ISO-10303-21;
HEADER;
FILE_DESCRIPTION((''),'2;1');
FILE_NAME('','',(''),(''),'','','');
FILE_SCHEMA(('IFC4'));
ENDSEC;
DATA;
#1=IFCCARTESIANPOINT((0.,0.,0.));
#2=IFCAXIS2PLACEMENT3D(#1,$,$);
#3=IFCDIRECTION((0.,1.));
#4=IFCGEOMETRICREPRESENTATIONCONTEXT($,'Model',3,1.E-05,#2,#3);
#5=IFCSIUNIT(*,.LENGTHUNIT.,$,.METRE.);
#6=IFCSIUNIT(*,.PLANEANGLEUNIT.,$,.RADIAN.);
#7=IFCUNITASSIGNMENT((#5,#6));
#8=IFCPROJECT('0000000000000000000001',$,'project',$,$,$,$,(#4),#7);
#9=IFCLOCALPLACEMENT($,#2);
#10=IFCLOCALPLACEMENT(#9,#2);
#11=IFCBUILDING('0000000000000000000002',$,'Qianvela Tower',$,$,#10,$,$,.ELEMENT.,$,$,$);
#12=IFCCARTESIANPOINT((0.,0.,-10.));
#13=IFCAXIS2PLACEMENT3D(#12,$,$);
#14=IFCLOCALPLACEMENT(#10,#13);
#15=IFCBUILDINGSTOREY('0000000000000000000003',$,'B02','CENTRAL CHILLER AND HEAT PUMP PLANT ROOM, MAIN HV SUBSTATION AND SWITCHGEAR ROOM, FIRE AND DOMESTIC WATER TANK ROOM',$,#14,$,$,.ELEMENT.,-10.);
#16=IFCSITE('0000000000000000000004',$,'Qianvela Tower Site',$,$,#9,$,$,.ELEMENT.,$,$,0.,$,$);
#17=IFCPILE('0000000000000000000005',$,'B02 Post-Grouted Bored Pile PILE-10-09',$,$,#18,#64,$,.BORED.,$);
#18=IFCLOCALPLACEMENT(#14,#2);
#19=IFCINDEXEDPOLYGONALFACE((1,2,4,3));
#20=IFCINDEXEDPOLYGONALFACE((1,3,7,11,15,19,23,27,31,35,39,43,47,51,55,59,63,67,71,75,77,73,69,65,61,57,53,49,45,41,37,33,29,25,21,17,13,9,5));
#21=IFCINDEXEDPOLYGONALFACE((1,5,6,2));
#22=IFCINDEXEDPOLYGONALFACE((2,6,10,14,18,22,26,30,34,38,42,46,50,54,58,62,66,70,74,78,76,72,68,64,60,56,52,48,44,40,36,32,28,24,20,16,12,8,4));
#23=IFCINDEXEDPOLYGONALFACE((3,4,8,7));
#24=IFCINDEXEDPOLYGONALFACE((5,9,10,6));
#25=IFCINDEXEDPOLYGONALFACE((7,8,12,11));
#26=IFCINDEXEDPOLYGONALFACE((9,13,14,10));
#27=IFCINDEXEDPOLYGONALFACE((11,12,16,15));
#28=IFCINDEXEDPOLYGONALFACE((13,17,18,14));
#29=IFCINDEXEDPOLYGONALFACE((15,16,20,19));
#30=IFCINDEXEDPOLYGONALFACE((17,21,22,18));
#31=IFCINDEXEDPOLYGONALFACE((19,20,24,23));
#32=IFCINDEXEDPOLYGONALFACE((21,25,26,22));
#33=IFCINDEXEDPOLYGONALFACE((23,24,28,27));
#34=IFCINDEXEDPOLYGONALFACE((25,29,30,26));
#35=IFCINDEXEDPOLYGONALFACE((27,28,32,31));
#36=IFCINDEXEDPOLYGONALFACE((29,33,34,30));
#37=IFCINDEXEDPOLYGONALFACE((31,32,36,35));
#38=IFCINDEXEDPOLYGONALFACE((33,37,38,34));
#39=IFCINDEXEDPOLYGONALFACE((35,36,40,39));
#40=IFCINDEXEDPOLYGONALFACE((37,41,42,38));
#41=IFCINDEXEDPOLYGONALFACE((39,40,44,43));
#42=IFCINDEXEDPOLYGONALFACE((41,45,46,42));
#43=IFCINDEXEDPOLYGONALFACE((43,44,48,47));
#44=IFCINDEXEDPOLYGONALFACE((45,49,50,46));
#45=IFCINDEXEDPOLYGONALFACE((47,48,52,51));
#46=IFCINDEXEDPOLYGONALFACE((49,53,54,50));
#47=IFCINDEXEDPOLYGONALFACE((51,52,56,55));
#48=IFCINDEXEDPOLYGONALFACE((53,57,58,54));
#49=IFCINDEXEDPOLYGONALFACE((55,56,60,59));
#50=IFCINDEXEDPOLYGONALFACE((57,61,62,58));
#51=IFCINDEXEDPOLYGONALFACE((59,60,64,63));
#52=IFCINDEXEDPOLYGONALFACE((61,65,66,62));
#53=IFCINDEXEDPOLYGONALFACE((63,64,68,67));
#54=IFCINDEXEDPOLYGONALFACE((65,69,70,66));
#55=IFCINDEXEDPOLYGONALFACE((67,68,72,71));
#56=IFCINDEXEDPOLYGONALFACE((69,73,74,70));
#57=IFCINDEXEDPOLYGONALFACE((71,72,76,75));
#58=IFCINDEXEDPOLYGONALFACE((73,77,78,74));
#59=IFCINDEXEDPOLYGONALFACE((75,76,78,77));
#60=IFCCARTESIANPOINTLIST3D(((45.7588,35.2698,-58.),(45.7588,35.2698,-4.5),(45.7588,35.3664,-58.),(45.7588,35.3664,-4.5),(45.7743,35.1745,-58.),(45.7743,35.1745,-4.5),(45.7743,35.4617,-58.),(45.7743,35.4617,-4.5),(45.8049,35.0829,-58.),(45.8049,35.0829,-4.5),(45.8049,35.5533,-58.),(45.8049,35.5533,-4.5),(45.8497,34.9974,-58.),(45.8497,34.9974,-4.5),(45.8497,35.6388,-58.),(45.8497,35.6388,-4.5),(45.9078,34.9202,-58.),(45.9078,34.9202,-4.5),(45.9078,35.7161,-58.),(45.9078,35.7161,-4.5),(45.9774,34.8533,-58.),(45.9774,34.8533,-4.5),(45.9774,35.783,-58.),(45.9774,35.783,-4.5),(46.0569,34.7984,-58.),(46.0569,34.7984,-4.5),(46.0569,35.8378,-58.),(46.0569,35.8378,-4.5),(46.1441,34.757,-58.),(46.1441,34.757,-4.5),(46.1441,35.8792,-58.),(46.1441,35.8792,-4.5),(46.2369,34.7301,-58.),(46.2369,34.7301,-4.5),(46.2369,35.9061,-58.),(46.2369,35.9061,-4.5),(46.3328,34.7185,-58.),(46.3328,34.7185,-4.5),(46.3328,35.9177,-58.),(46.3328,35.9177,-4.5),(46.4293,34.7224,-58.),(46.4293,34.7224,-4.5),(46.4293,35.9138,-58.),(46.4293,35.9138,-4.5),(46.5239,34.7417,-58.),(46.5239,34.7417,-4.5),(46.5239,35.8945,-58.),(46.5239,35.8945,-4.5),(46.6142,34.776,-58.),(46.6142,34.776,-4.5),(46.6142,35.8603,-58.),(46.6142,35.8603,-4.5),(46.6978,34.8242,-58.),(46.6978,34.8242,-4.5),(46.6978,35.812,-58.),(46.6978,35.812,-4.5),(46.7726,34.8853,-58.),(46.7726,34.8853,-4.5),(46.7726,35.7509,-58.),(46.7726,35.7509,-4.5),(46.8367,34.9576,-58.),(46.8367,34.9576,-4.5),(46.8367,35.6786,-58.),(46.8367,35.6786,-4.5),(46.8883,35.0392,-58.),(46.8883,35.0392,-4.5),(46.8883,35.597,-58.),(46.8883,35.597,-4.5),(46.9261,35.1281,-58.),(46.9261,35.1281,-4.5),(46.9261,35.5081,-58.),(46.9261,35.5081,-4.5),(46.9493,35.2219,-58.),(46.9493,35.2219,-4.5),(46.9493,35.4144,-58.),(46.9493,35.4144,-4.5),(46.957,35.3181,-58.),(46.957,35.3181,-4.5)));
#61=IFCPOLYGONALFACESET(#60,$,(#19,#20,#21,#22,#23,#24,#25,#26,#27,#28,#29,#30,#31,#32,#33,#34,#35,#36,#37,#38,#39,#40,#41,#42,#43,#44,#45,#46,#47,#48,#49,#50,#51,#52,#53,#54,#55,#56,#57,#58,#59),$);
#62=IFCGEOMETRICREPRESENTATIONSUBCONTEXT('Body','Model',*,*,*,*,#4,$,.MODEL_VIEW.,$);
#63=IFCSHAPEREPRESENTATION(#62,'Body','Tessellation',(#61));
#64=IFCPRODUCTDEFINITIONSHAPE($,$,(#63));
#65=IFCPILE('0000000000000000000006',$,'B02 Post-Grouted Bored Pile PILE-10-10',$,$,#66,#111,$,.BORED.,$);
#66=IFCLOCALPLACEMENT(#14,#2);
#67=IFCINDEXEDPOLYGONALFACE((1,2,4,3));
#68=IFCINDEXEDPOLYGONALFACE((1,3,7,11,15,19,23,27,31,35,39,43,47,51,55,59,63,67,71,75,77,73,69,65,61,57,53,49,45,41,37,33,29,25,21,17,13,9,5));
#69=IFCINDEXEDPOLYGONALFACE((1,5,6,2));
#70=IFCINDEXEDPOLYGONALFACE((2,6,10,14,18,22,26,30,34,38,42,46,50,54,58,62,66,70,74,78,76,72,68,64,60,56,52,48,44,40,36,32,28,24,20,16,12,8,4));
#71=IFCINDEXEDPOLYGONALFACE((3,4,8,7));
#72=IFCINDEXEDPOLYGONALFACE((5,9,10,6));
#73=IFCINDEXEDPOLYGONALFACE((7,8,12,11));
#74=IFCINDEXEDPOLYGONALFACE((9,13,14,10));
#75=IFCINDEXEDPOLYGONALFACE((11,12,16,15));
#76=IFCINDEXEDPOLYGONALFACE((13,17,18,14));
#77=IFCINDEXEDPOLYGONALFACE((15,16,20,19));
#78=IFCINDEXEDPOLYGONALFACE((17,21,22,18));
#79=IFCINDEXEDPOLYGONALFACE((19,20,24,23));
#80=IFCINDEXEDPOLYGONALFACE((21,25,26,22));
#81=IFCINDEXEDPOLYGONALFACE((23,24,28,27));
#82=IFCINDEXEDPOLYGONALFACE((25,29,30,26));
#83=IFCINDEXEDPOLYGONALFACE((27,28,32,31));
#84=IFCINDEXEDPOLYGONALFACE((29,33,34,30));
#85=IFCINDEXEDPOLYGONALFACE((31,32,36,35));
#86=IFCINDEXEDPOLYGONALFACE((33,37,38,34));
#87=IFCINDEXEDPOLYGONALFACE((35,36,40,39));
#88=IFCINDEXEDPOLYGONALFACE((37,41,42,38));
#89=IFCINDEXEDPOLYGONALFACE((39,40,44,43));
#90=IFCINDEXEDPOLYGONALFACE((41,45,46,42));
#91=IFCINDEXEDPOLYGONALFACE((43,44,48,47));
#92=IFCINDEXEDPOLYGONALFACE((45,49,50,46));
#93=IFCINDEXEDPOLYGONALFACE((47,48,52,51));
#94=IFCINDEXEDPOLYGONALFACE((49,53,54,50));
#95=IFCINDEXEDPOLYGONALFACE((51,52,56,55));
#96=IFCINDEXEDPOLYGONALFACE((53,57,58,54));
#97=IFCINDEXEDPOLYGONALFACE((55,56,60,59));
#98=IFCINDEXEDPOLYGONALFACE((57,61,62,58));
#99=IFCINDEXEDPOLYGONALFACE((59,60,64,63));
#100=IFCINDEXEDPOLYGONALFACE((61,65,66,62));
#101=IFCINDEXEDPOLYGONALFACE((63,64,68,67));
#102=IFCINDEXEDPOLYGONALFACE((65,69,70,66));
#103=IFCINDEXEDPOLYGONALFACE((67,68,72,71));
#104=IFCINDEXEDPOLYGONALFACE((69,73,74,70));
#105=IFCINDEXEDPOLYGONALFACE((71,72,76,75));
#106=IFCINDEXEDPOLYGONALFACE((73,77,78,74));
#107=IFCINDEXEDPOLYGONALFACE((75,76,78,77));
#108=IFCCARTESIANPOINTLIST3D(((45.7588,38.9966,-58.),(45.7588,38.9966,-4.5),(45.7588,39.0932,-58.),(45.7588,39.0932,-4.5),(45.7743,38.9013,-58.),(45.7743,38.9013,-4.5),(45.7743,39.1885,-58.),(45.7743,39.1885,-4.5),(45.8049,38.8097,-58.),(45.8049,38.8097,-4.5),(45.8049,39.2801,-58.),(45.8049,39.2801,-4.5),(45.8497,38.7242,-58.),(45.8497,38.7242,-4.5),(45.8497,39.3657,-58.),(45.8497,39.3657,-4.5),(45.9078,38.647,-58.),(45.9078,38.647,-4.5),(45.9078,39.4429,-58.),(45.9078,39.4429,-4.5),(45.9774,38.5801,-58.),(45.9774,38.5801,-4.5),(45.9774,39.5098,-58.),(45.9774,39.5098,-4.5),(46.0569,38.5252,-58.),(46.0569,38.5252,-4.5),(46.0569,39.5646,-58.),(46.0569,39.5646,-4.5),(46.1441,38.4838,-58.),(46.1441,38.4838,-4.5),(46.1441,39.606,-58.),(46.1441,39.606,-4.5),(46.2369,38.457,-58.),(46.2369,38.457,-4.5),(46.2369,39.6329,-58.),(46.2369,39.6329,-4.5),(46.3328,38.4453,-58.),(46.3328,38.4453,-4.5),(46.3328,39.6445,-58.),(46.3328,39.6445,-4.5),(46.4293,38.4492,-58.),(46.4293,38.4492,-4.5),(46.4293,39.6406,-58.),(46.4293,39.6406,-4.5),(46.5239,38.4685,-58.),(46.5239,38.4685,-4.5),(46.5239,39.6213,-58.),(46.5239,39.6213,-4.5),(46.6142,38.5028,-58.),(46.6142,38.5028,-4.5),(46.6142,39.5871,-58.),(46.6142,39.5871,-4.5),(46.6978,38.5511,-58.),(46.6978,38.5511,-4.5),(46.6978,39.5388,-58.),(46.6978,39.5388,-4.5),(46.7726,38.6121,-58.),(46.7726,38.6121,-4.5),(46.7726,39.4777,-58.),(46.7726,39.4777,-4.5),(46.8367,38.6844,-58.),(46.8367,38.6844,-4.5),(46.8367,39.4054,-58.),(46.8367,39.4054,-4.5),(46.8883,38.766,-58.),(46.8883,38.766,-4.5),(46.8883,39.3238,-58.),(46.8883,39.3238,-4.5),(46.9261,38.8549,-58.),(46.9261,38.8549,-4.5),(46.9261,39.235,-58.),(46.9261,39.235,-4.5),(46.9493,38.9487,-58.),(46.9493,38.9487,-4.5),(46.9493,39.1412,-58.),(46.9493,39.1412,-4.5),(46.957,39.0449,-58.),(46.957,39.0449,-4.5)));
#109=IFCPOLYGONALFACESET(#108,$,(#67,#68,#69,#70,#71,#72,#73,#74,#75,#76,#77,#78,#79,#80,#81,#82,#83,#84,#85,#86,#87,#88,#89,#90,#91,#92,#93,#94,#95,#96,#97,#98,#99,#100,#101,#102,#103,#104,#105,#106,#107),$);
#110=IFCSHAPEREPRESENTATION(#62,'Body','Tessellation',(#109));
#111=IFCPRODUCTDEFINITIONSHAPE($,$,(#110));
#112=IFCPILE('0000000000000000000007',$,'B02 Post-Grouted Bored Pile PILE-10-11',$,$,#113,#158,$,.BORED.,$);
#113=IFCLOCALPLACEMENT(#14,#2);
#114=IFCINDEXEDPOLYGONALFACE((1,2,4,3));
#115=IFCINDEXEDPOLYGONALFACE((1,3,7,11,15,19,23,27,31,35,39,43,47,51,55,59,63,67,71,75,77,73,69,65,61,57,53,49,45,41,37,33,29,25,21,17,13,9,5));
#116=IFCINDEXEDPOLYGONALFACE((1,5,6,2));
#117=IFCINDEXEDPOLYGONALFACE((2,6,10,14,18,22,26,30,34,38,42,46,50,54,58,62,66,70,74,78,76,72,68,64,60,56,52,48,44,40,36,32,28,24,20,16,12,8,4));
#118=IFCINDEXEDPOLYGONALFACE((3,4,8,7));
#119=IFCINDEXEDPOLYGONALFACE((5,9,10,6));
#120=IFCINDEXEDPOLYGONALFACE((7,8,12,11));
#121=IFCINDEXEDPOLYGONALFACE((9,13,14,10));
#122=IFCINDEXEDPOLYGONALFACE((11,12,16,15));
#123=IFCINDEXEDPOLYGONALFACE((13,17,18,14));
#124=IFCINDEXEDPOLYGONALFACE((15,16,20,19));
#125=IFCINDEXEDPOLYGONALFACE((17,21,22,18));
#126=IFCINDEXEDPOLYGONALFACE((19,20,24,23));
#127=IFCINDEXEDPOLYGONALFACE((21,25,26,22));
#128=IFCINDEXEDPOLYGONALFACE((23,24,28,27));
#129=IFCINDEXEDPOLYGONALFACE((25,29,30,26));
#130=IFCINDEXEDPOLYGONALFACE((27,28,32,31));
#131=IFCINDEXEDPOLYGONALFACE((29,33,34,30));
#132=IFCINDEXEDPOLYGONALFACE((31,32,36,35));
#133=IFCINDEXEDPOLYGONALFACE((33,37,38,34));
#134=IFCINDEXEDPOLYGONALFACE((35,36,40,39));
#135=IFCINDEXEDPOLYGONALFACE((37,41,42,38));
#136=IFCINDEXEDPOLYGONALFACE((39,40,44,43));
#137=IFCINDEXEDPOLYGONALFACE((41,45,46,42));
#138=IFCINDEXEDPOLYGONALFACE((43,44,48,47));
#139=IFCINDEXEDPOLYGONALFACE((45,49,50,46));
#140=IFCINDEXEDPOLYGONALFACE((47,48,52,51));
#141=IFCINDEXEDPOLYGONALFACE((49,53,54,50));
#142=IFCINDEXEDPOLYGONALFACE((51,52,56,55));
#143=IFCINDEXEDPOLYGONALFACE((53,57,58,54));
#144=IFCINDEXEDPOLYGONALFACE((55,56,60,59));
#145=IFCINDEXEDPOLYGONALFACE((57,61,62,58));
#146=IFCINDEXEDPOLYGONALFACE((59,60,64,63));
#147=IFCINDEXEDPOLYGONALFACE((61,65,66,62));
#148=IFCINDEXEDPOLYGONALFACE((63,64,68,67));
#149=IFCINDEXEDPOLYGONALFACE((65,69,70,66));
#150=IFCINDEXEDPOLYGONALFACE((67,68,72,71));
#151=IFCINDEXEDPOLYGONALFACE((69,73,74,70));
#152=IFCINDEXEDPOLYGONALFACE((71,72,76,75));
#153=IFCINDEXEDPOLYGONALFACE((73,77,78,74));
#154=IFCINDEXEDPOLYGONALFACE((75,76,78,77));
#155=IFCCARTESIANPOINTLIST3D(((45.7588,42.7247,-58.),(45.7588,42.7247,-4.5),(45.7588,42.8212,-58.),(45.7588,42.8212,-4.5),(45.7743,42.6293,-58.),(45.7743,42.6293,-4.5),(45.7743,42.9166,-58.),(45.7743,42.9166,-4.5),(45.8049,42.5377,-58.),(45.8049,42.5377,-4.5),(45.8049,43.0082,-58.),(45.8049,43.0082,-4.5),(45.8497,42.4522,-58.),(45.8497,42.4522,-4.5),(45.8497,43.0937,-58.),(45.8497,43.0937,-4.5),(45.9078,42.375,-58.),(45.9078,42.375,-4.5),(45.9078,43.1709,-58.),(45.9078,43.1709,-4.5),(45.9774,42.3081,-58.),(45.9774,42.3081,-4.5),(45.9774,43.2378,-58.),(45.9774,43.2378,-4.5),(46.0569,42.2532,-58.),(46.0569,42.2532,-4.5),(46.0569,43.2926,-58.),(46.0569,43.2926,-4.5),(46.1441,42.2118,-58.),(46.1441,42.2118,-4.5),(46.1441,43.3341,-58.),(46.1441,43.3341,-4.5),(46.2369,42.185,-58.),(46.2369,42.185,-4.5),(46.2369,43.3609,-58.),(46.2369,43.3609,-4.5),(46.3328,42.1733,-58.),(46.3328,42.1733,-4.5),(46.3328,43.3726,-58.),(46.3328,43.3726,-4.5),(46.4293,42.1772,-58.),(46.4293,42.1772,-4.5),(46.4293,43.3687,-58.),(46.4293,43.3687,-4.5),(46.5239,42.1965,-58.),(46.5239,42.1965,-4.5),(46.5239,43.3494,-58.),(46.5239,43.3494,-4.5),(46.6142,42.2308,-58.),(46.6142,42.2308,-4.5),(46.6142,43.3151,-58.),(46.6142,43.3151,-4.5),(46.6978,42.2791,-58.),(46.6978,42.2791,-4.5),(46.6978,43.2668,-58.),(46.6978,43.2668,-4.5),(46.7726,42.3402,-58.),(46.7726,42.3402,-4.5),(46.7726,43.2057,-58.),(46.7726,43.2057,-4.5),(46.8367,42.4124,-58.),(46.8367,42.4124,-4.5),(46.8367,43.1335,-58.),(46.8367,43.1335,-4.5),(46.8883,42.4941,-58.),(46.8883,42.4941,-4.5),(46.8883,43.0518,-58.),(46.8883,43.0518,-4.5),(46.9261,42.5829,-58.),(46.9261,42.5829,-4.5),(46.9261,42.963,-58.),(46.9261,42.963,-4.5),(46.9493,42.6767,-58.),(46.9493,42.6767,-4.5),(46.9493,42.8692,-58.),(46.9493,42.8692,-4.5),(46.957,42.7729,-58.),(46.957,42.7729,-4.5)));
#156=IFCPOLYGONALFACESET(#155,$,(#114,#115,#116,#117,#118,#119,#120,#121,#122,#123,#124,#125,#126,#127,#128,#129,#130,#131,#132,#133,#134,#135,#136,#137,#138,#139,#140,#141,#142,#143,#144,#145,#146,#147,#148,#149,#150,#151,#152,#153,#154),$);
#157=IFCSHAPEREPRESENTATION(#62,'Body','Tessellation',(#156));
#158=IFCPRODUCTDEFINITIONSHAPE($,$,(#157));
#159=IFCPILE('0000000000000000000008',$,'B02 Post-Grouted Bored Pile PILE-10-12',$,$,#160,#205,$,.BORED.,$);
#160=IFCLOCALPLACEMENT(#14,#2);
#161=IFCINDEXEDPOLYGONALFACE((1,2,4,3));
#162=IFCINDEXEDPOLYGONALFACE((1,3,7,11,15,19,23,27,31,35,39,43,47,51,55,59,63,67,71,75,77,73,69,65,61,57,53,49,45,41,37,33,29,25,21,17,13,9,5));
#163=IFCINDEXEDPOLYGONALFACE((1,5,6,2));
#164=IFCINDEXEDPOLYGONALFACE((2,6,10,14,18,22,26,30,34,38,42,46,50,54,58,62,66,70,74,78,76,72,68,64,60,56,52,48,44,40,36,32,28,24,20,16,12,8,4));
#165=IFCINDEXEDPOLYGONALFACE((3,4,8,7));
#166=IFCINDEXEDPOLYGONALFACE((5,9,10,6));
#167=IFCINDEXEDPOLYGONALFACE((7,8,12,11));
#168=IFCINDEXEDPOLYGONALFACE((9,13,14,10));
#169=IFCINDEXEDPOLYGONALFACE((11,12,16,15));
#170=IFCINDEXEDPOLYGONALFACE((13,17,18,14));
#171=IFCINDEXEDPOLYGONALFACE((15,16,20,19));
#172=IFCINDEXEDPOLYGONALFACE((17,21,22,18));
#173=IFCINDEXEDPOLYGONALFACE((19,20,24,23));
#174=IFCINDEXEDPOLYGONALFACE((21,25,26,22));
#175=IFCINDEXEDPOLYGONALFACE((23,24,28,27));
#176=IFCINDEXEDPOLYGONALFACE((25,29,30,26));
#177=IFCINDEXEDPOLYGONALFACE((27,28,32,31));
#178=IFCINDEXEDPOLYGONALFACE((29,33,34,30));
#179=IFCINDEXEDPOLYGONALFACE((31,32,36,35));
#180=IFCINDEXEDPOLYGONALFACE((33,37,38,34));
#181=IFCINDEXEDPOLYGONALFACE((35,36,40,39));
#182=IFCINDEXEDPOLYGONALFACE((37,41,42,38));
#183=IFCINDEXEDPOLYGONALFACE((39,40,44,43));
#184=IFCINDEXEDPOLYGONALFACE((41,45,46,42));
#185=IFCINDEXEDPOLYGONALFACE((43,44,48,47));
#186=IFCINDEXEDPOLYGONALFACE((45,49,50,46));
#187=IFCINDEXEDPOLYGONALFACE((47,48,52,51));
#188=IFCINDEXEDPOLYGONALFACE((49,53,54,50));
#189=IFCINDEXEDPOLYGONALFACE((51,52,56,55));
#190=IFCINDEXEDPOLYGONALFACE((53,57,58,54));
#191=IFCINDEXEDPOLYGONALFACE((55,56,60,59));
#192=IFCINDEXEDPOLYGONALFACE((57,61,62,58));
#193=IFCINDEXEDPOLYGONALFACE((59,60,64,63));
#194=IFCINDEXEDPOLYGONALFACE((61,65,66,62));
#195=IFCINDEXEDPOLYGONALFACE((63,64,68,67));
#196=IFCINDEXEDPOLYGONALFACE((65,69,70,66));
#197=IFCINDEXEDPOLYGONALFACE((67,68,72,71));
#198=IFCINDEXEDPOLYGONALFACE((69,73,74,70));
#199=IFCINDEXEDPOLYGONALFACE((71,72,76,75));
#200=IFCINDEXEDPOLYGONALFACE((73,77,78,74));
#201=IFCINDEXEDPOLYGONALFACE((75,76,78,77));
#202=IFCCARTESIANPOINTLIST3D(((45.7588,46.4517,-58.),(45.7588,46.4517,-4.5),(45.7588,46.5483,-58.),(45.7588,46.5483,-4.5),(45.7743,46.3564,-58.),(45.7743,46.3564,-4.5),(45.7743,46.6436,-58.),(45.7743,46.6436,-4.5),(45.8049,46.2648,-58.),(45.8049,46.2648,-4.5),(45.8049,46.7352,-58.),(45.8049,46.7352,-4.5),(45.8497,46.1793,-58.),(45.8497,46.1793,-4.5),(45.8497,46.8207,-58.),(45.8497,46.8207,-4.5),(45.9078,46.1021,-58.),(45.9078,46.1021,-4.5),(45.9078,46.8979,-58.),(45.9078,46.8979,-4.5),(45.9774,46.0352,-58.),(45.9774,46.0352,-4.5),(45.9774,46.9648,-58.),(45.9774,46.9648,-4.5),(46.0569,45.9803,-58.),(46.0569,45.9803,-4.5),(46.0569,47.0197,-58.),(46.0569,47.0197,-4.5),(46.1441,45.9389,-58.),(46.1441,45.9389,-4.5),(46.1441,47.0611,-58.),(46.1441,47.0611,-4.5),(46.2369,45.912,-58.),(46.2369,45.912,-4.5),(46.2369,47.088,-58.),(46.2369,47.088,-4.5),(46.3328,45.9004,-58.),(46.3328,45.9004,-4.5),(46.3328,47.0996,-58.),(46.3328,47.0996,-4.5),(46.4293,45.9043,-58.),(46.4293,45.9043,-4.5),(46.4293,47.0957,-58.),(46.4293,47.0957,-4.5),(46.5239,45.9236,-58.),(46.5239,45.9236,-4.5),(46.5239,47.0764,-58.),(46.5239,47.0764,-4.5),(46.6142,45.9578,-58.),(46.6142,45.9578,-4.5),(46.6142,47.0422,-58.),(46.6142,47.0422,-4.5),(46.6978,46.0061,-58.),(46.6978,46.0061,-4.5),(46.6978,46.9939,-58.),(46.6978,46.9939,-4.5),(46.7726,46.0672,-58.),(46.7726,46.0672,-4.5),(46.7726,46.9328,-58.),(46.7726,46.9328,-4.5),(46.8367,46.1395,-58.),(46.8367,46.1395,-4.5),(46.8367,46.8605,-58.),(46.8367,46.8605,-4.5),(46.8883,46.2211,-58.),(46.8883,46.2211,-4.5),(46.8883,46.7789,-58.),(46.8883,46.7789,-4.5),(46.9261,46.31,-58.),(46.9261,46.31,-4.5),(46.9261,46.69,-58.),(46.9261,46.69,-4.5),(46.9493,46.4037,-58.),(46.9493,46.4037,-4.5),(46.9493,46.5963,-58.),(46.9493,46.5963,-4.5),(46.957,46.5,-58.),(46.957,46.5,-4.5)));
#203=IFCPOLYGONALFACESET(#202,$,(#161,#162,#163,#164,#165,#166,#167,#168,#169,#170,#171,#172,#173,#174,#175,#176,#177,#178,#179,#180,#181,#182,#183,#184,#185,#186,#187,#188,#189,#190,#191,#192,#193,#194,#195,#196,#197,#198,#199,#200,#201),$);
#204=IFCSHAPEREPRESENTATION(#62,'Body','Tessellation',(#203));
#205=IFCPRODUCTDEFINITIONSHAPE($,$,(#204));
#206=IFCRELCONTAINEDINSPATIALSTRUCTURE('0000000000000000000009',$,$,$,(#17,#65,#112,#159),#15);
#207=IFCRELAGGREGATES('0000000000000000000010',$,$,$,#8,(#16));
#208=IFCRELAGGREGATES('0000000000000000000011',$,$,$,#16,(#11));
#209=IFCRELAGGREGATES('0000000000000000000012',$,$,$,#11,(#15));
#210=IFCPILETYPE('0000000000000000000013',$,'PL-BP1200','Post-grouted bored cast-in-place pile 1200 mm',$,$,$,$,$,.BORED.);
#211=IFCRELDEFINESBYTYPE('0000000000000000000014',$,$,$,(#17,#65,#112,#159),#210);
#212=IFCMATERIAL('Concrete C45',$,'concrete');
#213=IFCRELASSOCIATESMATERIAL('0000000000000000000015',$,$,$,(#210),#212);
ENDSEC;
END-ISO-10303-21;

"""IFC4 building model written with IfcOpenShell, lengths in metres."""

from ifc_helpers import new_model, si_unit, direction, frame, origin, origin_2d, place, context, subcontext, project, spatial, circle, extrude, material, material_profile, profile_set, type_object, element, save


model = new_model("IFC4")

# Units and contexts
model_context = context("Model", 3, precision=1e-05, world=origin(), true_north=direction((0.0, 1.0)))
body_context = subcontext(model_context, "Body", "Model", "MODEL_VIEW")
ifc_project = project(units=[si_unit("LENGTHUNIT", "METRE"), si_unit("PLANEANGLEUNIT", "RADIAN")], contexts=[model_context])

# Site, building, storey
site_placement = place(None, origin())
site = spatial("IfcSite", under=ifc_project, at=site_placement, Name="Qianvela Tower Site", CompositionType="ELEMENT", RefElevation=0.0)
building_placement = place(site_placement, origin())
building = spatial("IfcBuilding", under=site, at=building_placement, Name="Qianvela Tower", CompositionType="ELEMENT")
storey_placement = place(building_placement, frame((0.0, 0.0, -10.0)))
storey = spatial("IfcBuildingStorey", under=building, at=storey_placement, Name="B02", Description="CENTRAL CHILLER AND HEAT PUMP PLANT ROOM, MAIN HV SUBSTATION AND SWITCHGEAR ROOM, FIRE AND DOMESTIC WATER TANK ROOM", CompositionType="ELEMENT", Elevation=-10.0)

# Piles
ifc_material_1 = material(Name="Concrete C45", Category="concrete")
ifc_material_profile_1 = material_profile(ifc_material_1, circle(Radius=0.6001, at=origin_2d()), Name="BP-1200")
ifc_profile_set_1 = profile_set([ifc_material_profile_1], Name="Concrete C45")
pile_type = type_object("IfcPileType", Name="PL-BP1200", Description="Post-grouted bored cast-in-place pile 1200 mm", PredefinedType="BORED", material=ifc_profile_set_1)
for number, where, z_axis, x_axis, name in (
    (1, (46.3569, 35.3181, -4.5), (0.0, 0.0, -1.0), (1.0, 0.0, 0.0), "B02 Post-Grouted Bored Pile PILE-10-09"),
    (2, (46.3569, 39.0449, -4.5), (0.0, 0.0, -1.0), (1.0, 0.0, 0.0), "B02 Post-Grouted Bored Pile PILE-10-10"),
    (3, (46.3569, 42.7729, -4.5), (0.0, 0.0, -1.0), (1.0, 0.0, 0.0), "B02 Post-Grouted Bored Pile PILE-10-11"),
    (4, (46.3569, 46.5, -4.5), (0.0, 0.0, -1.0), (1.0, 0.0, 0.0), "B02 Post-Grouted Bored Pile PILE-10-12"),
):
    element("IfcPile", number, at=place(storey_placement, frame(where, z_axis=z_axis, x_axis=x_axis)), inside=storey, type_object=pile_type, Name=name, PredefinedType="BORED", context=body_context, shape_type="SweptSolid", body=[
        extrude(circle(Radius=0.6001, at=origin_2d()), origin(), (0.0, 0.0, 1.0), 53.5),
    ])

save(model, "model.ifc")
